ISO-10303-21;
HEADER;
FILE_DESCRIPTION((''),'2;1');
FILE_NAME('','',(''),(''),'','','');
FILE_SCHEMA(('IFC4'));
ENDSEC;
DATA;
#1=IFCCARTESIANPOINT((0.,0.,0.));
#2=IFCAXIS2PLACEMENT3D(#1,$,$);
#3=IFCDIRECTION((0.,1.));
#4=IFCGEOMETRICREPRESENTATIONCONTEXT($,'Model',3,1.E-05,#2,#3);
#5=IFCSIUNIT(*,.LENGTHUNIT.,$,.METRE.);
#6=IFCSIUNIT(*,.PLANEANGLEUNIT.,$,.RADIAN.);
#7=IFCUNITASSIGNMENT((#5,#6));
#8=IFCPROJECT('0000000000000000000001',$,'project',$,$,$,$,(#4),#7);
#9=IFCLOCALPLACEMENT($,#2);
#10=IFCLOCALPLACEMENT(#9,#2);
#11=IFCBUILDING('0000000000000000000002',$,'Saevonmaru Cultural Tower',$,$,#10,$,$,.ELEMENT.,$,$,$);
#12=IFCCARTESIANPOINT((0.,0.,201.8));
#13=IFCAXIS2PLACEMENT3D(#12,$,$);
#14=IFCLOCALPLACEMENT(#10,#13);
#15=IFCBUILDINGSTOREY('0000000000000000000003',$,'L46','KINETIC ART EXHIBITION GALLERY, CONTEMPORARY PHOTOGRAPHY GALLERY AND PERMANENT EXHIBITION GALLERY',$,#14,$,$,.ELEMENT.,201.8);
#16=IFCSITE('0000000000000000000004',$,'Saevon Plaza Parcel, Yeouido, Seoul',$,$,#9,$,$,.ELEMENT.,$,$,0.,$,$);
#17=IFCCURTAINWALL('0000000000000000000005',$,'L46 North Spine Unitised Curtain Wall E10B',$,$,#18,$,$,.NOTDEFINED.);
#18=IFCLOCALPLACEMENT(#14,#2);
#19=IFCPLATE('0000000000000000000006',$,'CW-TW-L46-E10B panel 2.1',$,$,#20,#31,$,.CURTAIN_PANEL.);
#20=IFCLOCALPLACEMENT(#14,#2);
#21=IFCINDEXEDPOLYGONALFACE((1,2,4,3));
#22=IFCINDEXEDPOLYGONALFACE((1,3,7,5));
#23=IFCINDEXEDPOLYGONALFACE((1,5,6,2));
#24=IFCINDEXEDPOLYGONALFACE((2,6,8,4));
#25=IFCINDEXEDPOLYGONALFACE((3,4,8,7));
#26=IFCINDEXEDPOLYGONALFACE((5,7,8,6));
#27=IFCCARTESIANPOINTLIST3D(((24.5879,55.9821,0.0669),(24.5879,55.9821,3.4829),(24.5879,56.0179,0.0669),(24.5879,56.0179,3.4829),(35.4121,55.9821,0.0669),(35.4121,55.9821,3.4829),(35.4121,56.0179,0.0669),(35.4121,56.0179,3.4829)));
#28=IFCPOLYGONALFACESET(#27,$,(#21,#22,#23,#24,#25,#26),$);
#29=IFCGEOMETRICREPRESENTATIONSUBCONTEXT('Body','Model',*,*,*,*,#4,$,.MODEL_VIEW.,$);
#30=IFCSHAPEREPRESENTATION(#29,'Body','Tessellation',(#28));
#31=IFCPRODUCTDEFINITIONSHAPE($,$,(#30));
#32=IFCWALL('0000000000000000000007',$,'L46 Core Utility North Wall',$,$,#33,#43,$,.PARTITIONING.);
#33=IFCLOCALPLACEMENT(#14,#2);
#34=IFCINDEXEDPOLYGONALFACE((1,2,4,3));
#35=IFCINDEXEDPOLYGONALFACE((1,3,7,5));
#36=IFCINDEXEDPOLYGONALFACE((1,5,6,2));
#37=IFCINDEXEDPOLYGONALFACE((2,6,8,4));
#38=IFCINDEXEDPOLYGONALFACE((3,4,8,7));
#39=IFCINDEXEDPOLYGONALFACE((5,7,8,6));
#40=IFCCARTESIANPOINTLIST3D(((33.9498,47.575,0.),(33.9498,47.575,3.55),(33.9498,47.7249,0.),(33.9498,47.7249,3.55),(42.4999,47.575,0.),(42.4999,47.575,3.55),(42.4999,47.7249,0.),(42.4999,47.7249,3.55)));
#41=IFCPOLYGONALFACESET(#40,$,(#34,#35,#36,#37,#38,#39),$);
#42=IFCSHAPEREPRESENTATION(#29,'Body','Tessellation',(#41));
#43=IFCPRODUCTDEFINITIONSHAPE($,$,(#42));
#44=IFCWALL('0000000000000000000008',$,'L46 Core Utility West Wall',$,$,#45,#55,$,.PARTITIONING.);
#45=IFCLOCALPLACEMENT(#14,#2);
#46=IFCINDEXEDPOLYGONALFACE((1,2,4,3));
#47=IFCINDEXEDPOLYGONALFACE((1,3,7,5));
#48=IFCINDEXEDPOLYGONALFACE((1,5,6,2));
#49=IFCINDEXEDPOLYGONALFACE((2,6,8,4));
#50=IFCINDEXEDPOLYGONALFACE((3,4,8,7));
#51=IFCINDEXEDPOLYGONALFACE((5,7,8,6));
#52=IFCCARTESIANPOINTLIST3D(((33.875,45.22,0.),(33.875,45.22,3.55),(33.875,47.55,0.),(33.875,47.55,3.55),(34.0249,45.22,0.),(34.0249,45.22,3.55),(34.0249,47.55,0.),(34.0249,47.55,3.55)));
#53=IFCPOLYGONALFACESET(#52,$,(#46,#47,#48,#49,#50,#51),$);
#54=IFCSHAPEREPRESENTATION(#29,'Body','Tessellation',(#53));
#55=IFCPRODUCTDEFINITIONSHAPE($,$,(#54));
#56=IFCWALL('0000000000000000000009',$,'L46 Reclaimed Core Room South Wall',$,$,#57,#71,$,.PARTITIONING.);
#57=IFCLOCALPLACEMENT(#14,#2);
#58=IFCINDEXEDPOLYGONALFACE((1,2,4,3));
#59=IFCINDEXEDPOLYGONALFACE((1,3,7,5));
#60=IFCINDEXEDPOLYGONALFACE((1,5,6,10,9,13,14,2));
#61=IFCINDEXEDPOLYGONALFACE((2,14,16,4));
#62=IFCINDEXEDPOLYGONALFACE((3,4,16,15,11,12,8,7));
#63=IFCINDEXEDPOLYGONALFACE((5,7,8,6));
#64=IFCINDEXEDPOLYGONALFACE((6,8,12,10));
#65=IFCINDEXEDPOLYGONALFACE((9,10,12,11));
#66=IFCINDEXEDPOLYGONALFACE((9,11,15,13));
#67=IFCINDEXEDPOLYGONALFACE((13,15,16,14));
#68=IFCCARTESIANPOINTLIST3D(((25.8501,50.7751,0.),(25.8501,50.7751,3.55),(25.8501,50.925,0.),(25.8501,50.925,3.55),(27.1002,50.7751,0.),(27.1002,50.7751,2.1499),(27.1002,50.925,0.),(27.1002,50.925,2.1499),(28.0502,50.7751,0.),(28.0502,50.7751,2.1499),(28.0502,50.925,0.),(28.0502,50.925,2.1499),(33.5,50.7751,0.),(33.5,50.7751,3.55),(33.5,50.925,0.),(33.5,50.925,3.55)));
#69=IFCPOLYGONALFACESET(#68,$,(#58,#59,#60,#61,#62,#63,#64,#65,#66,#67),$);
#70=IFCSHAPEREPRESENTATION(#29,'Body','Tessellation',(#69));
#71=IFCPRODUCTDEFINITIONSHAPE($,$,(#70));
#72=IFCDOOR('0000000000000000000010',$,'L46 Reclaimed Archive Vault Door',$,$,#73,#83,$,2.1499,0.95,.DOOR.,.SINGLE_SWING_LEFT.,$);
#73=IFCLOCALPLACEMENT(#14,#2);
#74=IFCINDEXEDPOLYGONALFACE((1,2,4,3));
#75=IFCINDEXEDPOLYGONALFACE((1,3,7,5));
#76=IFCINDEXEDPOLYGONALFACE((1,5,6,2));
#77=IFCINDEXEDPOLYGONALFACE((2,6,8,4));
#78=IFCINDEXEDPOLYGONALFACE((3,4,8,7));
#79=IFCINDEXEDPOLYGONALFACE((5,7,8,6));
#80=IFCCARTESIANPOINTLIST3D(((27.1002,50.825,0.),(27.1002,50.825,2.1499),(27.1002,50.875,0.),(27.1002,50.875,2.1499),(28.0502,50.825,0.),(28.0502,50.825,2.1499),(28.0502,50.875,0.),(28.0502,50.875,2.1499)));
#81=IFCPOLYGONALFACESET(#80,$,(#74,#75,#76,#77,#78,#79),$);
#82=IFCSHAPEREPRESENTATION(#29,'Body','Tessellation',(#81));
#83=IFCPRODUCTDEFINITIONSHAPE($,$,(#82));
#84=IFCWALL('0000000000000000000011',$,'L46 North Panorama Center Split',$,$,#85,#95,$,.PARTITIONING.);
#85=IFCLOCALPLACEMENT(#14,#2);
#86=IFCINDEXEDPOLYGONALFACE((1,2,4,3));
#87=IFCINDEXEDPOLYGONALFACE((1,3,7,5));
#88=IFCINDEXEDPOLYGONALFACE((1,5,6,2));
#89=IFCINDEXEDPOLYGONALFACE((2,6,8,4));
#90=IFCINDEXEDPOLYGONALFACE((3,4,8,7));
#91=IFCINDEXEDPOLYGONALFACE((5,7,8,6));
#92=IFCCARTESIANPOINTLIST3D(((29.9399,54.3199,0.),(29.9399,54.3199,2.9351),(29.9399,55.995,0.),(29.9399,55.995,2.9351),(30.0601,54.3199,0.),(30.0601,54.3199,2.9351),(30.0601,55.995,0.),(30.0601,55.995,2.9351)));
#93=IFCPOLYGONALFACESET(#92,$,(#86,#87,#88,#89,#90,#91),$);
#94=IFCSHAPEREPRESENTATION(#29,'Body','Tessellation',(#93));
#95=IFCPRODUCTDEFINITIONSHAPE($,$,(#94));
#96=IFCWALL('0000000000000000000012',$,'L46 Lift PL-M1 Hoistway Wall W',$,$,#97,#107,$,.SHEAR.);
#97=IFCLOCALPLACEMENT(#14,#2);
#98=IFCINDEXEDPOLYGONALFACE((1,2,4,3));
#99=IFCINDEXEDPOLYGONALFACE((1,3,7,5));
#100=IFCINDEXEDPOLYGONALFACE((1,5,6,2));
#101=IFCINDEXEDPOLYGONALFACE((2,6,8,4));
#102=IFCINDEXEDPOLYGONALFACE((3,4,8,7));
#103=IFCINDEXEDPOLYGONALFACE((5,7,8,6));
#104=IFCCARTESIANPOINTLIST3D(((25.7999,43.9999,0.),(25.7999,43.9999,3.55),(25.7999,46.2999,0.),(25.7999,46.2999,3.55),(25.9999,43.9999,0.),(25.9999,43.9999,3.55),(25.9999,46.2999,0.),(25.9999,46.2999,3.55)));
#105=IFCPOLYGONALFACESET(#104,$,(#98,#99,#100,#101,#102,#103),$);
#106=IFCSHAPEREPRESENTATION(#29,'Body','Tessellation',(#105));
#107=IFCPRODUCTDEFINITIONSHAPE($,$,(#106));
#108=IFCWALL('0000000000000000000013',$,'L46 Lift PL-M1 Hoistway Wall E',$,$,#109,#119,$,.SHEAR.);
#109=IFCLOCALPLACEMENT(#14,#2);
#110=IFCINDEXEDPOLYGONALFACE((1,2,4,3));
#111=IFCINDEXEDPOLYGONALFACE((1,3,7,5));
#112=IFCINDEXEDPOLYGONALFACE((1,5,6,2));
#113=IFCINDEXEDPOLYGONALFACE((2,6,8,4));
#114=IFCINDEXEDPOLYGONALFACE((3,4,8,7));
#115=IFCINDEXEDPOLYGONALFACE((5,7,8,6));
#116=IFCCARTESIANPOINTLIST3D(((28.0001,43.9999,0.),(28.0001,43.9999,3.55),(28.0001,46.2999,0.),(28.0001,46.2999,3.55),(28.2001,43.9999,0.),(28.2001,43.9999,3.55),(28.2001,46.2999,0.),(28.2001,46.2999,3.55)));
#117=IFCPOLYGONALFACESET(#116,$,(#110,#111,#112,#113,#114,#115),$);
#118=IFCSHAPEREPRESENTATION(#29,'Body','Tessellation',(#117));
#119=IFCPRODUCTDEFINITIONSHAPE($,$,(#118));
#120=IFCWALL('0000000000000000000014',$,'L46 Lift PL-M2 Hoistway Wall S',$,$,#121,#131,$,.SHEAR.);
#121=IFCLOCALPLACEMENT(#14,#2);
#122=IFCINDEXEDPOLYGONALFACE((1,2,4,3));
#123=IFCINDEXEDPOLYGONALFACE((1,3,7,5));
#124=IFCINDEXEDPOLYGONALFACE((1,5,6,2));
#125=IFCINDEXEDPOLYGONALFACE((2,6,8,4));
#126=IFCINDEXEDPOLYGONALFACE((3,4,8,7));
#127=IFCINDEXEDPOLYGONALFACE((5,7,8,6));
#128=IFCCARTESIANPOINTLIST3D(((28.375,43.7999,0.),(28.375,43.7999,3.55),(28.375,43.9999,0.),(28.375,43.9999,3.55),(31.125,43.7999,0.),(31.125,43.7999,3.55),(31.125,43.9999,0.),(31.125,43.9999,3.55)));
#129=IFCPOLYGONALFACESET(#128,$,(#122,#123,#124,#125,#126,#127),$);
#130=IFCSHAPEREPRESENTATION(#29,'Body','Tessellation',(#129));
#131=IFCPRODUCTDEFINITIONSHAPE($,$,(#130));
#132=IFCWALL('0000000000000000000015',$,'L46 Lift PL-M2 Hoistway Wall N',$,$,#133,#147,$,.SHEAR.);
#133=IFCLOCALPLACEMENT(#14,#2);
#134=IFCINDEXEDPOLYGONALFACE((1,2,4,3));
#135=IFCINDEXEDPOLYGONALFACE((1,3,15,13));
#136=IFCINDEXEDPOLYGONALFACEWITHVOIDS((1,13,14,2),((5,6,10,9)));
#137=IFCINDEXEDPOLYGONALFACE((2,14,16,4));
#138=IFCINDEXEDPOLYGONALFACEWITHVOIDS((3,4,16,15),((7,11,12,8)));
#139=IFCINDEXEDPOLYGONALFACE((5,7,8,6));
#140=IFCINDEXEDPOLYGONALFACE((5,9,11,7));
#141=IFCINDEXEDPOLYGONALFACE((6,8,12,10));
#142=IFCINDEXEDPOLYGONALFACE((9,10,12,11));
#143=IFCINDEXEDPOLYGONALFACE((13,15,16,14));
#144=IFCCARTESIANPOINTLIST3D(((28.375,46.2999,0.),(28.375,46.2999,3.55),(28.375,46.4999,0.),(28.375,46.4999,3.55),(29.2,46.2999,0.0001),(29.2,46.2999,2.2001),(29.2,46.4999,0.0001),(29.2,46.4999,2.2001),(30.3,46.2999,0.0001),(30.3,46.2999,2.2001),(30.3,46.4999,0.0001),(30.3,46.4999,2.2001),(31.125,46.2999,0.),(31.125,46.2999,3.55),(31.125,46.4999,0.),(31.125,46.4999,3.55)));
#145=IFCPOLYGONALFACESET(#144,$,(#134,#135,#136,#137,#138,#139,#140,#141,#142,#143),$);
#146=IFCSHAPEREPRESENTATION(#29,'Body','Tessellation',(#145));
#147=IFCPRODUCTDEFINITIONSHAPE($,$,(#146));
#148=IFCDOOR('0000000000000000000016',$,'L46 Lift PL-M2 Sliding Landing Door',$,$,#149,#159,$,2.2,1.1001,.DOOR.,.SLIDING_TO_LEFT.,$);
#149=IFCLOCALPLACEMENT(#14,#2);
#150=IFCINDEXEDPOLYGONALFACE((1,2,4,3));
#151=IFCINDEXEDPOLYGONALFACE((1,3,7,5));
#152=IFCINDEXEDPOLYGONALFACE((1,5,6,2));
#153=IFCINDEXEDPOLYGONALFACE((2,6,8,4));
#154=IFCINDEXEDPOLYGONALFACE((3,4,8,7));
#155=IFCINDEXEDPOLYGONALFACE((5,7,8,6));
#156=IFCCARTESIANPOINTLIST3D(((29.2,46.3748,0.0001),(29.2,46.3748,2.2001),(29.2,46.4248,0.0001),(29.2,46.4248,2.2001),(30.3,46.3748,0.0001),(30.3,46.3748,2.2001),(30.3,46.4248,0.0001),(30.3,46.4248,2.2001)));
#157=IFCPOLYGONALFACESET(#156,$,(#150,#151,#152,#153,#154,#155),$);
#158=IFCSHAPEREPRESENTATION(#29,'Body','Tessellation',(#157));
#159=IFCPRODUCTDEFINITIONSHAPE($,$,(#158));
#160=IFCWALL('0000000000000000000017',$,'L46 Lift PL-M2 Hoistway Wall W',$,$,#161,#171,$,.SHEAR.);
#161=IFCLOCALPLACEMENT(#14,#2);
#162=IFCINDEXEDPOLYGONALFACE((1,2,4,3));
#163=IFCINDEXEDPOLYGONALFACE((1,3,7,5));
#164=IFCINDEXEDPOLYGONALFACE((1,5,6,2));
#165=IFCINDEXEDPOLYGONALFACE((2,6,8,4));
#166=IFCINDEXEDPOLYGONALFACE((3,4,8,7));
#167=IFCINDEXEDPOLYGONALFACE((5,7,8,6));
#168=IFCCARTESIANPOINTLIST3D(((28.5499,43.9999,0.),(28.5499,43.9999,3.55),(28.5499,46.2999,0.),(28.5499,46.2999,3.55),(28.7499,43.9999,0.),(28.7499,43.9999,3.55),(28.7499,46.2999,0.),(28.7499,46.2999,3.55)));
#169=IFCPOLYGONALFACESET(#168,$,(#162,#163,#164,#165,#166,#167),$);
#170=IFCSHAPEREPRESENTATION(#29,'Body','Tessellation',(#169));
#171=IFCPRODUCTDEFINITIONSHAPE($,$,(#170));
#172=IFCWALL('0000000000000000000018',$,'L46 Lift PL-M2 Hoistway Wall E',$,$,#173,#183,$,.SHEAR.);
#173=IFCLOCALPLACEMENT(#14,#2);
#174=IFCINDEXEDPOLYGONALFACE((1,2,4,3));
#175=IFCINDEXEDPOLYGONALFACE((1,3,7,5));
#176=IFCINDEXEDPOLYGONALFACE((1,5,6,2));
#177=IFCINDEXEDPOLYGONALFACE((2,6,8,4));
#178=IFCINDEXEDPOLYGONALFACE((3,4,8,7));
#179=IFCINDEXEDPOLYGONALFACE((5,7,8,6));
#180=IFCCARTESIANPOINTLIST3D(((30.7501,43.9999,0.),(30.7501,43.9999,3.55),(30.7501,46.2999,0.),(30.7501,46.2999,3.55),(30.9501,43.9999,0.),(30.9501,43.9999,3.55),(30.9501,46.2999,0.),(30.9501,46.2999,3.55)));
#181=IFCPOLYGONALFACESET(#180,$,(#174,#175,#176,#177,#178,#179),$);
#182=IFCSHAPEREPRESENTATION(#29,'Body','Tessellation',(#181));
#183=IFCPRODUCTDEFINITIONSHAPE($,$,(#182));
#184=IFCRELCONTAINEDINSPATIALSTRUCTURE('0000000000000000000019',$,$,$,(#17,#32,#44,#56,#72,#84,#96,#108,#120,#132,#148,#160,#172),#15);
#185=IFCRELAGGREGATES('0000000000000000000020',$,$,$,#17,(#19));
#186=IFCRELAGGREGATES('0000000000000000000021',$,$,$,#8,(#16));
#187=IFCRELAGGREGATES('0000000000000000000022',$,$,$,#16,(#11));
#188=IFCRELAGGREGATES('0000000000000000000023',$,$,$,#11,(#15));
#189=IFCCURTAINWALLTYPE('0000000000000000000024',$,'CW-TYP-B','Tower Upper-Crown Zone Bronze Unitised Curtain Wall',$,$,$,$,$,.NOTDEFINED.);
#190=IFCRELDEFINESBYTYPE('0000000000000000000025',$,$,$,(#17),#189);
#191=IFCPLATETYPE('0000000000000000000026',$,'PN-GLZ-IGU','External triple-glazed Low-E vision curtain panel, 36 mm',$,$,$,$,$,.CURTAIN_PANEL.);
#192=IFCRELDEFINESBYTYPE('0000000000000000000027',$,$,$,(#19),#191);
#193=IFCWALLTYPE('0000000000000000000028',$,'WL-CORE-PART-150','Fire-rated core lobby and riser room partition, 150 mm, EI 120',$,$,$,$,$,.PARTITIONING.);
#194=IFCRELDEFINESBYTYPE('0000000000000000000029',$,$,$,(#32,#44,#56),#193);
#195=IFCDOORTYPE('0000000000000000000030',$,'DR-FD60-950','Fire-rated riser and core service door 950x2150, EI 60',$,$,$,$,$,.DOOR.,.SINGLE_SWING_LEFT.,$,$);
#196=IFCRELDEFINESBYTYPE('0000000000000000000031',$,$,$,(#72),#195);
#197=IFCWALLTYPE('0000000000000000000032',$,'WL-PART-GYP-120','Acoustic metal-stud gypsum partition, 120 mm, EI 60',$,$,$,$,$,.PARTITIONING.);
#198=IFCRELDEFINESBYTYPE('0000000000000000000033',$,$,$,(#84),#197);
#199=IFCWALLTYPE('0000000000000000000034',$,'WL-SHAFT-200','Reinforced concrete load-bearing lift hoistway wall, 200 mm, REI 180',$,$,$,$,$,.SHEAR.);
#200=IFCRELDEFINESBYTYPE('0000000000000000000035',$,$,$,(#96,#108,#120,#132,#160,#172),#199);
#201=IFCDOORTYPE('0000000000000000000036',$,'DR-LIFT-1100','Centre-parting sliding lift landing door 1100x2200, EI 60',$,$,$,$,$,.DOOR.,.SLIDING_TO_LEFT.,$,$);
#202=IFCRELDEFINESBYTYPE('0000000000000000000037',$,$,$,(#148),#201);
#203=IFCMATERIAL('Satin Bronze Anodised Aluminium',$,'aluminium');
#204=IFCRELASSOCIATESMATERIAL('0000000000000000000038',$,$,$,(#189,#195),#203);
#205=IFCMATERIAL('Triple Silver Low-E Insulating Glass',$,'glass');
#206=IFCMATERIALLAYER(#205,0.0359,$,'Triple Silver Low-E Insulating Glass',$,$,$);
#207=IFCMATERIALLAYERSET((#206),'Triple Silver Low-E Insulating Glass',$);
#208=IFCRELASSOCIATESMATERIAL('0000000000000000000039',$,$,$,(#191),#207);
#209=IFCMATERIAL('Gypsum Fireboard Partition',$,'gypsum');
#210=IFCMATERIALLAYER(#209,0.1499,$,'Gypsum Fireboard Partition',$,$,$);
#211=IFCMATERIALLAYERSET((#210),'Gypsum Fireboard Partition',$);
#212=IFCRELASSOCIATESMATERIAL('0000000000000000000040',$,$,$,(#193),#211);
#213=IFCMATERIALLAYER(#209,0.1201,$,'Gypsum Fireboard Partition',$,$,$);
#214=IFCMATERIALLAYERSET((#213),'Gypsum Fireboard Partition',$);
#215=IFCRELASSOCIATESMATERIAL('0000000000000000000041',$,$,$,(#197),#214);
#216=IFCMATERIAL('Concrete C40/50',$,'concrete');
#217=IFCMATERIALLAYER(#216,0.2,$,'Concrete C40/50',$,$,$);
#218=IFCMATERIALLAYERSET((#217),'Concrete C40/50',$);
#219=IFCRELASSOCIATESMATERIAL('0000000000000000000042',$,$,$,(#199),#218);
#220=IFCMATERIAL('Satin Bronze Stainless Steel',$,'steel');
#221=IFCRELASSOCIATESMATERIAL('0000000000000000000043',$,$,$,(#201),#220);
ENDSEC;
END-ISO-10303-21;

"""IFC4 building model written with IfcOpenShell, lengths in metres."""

from ifc_helpers import new_model, si_unit, direction, frame, frame_2d, origin, origin_2d, place, context, subcontext, project, spatial, rectangle, extrude, material, layer, layer_set, type_object, element, fill, aggregate, save


model = new_model("IFC4")

# Units and contexts
model_context = context("Model", 3, precision=1e-05, world=origin(), true_north=direction((0.0, 1.0)))
body_context = subcontext(model_context, "Body", "Model", "MODEL_VIEW")
ifc_project = project(units=[si_unit("LENGTHUNIT", "METRE"), si_unit("PLANEANGLEUNIT", "RADIAN")], contexts=[model_context])

# Site, building, storey
site_placement = place(None, origin())
site = spatial("IfcSite", under=ifc_project, at=site_placement, Name="Saevon Plaza Parcel, Yeouido, Seoul", CompositionType="ELEMENT", RefElevation=0.0)
building_placement = place(site_placement, origin())
building = spatial("IfcBuilding", under=site, at=building_placement, Name="Saevonmaru Cultural Tower", CompositionType="ELEMENT")
storey_placement = place(building_placement, frame((0.0, 0.0, 201.8)))
storey = spatial("IfcBuildingStorey", under=building, at=storey_placement, Name="L46", Description="KINETIC ART EXHIBITION GALLERY, CONTEMPORARY PHOTOGRAPHY GALLERY AND PERMANENT EXHIBITION GALLERY", CompositionType="ELEMENT", Elevation=201.8)

# Curtain wall, plate
ifc_material_1 = material(Name="Satin Bronze Anodised Aluminium", Category="aluminium")
curtain_wall_type = type_object("IfcCurtainWallType", Name="CW-TYP-B", Description="Tower Upper-Crown Zone Bronze Unitised Curtain Wall", PredefinedType="NOTDEFINED", material=ifc_material_1)
curtain_wall_placement = place(storey_placement, origin())
curtain_wall = element("IfcCurtainWall", 1, at=curtain_wall_placement, inside=storey, type_object=curtain_wall_type, Name="L46 North Spine Unitised Curtain Wall E10B", PredefinedType="NOTDEFINED")
ifc_material_2 = material(Name="Triple Silver Low-E Insulating Glass", Category="glass")
ifc_layer_1 = layer(ifc_material_2, 0.0359, Name="Triple Silver Low-E Insulating Glass")
ifc_layer_set_1 = layer_set([ifc_layer_1], Name="Triple Silver Low-E Insulating Glass")
plate_type = type_object("IfcPlateType", Name="PN-GLZ-IGU", Description="External triple-glazed Low-E vision curtain panel, 36 mm", PredefinedType="CURTAIN_PANEL", material=ifc_layer_set_1)
plate_placement = place(storey_placement, frame((30.0, 56.0, 0.0669), z_axis=(0.0, 0.0, 1.0), x_axis=(-1.0, 0.0, 0.0)))
plate = element("IfcPlate", 2, at=plate_placement, type_object=plate_type, Name="CW-TW-L46-E10B panel 2.1", PredefinedType="CURTAIN_PANEL", context=body_context, shape_type="SweptSolid", body=[
    extrude(rectangle(XDim=10.8242, YDim=0.0359, at=origin_2d()), origin(), (0.0, 0.0, 1.0), 3.416),
])
aggregate(curtain_wall, [plate])

# Shared definitions
ifc_material_3 = material(Name="Gypsum Fireboard Partition", Category="gypsum")
ifc_layer_2 = layer(ifc_material_3, 0.1499, Name="Gypsum Fireboard Partition")
ifc_layer_set_2 = layer_set([ifc_layer_2], Name="Gypsum Fireboard Partition")
wall_type_1 = type_object("IfcWallType", Name="WL-CORE-PART-150", Description="Fire-rated core lobby and riser room partition, 150 mm, EI 120", PredefinedType="PARTITIONING", material=ifc_layer_set_2)

# Shared definitions
door_type_1 = type_object("IfcDoorType", Name="DR-FD60-950", Description="Fire-rated riser and core service door 950x2150, EI 60", OperationType="SINGLE_SWING_LEFT", PredefinedType="DOOR", material=ifc_material_1)

# Walls
wall_1_placement = place(storey_placement, frame((33.95, 47.6499, 0.0), z_axis=(0.0, 0.0, 1.0), x_axis=(1.0, 0.0, 0.0)))
element("IfcWall", 3, at=wall_1_placement, inside=storey, type_object=wall_type_1, Name="L46 Core Utility North Wall", PredefinedType="PARTITIONING", context=body_context, shape_type="SweptSolid", body=[
    extrude(rectangle(XDim=8.55, YDim=0.1499, at=frame_2d((4.2749, 0.0))), origin(), (0.0, 0.0, 1.0), 3.55),
])
wall_2_placement = place(storey_placement, frame((33.95, 45.22, 0.0), z_axis=(0.0, 0.0, 1.0), x_axis=(0.0, 1.0, 0.0)))
element("IfcWall", 4, at=wall_2_placement, inside=storey, type_object=wall_type_1, Name="L46 Core Utility West Wall", PredefinedType="PARTITIONING", context=body_context, shape_type="SweptSolid", body=[
    extrude(rectangle(XDim=2.3301, YDim=0.1499, at=frame_2d((1.165, 0.0))), origin(), (0.0, 0.0, 1.0), 3.55),
])

# Wall, opening, door
wall_3_placement = place(storey_placement, frame((25.8501, 50.8501, 0.0), z_axis=(0.0, 0.0, 1.0), x_axis=(1.0, 0.0, 0.0)))
wall_3 = element("IfcWall", 5, at=wall_3_placement, inside=storey, type_object=wall_type_1, Name="L46 Reclaimed Core Room South Wall", PredefinedType="PARTITIONING", context=body_context, shape_type="SweptSolid", body=[
    extrude(rectangle(XDim=7.6499, YDim=0.1499, at=frame_2d((3.825, 0.0))), origin(), (0.0, 0.0, 1.0), 3.55),
])
opening_1_placement = place(wall_3_placement, frame((1.25, 0.0, 0.0)))
opening_1 = element("IfcOpeningElement", 6, at=opening_1_placement, cuts=wall_3, PredefinedType="OPENING", context=body_context, shape_type="SweptSolid", body=[
    extrude(rectangle(XDim=0.95, YDim=2.1499, at=frame_2d((0.4751, 1.075))), frame((0.0, 0.085, 0.0), z_axis=(0.0, -1.0, 0.0), x_axis=(1.0, 0.0, 0.0)), (0.0, 0.0, 1.0), 0.1699),
])
door_1_placement = place(opening_1_placement, origin())
door_1 = element("IfcDoor", 7, at=door_1_placement, inside=storey, type_object=door_type_1, Name="L46 Reclaimed Archive Vault Door", OperationType="SINGLE_SWING_LEFT", OverallHeight=2.1499, OverallWidth=0.95, PredefinedType="DOOR", context=body_context, shape_type="SweptSolid", body=[
    extrude(rectangle(XDim=0.95, YDim=2.1499, at=frame_2d((0.4751, 1.075))), frame((0.0, 0.0249, 0.0), z_axis=(0.0, -1.0, 0.0), x_axis=(1.0, 0.0, 0.0)), (0.0, 0.0, 1.0), 0.05),
])
fill(opening_1, door_1)

# Walls
ifc_layer_3 = layer(ifc_material_3, 0.1201, Name="Gypsum Fireboard Partition")
ifc_layer_set_3 = layer_set([ifc_layer_3], Name="Gypsum Fireboard Partition")
wall_type_2 = type_object("IfcWallType", Name="WL-PART-GYP-120", Description="Acoustic metal-stud gypsum partition, 120 mm, EI 60", PredefinedType="PARTITIONING", material=ifc_layer_set_3)
wall_4_placement = place(storey_placement, frame((30.0, 54.3201, 0.0), z_axis=(0.0, 0.0, 1.0), x_axis=(0.0, 1.0, 0.0)))
element("IfcWall", 8, at=wall_4_placement, inside=storey, type_object=wall_type_2, Name="L46 North Panorama Center Split", PredefinedType="PARTITIONING", context=body_context, shape_type="SweptSolid", body=[
    extrude(rectangle(XDim=1.675, YDim=0.1201, at=frame_2d((0.8374, 0.0))), origin(), (0.0, 0.0, 1.0), 2.9351),
])
ifc_material_4 = material(Name="Concrete C40/50", Category="concrete")
ifc_layer_4 = layer(ifc_material_4, 0.2, Name="Concrete C40/50")
ifc_layer_set_4 = layer_set([ifc_layer_4], Name="Concrete C40/50")
wall_type_3 = type_object("IfcWallType", Name="WL-SHAFT-200", Description="Reinforced concrete load-bearing lift hoistway wall, 200 mm, REI 180", PredefinedType="SHEAR", material=ifc_layer_set_4)
for number, where, z_axis, x_axis, name in (
    (9, (25.8999, 44.0, 0.0), (0.0, 0.0, 1.0), (0.0, 1.0, 0.0), "L46 Lift PL-M1 Hoistway Wall W"),
    (10, (28.1001, 44.0, 0.0), (0.0, 0.0, 1.0), (0.0, 1.0, 0.0), "L46 Lift PL-M1 Hoistway Wall E"),
):
    element("IfcWall", number, at=place(storey_placement, frame(where, z_axis=z_axis, x_axis=x_axis)), inside=storey, type_object=wall_type_3, Name=name, PredefinedType="SHEAR", context=body_context, shape_type="SweptSolid", body=[
        extrude(rectangle(XDim=2.3, YDim=0.2, at=frame_2d((1.1499, 0.0))), origin(), (0.0, 0.0, 1.0), 3.55),
    ])
wall_5_placement = place(storey_placement, frame((28.375, 43.8999, 0.0), z_axis=(0.0, 0.0, 1.0), x_axis=(1.0, 0.0, 0.0)))
element("IfcWall", 11, at=wall_5_placement, inside=storey, type_object=wall_type_3, Name="L46 Lift PL-M2 Hoistway Wall S", PredefinedType="SHEAR", context=body_context, shape_type="SweptSolid", body=[
    extrude(rectangle(XDim=2.75, YDim=0.2, at=frame_2d((1.375, 0.0))), origin(), (0.0, 0.0, 1.0), 3.55),
])

# Wall, opening, door
wall_6_placement = place(storey_placement, frame((28.375, 46.3999, 0.0), z_axis=(0.0, 0.0, 1.0), x_axis=(1.0, 0.0, 0.0)))
wall_6 = element("IfcWall", 12, at=wall_6_placement, inside=storey, type_object=wall_type_3, Name="L46 Lift PL-M2 Hoistway Wall N", PredefinedType="SHEAR", context=body_context, shape_type="SweptSolid", body=[
    extrude(rectangle(XDim=2.75, YDim=0.2, at=frame_2d((1.375, 0.0))), origin(), (0.0, 0.0, 1.0), 3.55),
])
opening_2_placement = place(wall_6_placement, frame((0.825, 0.0, 0.0)))
opening_2 = element("IfcOpeningElement", 13, at=opening_2_placement, cuts=wall_6, PredefinedType="OPENING", context=body_context, shape_type="SweptSolid", body=[
    extrude(rectangle(XDim=1.1001, YDim=2.2, at=frame_2d((0.55, 1.1001))), frame((0.0, 0.1099, 0.0), z_axis=(0.0, -1.0, 0.0), x_axis=(1.0, 0.0, 0.0)), (0.0, 0.0, 1.0), 0.22),
])
ifc_material_5 = material(Name="Satin Bronze Stainless Steel", Category="steel")
door_type_2 = type_object("IfcDoorType", Name="DR-LIFT-1100", Description="Centre-parting sliding lift landing door 1100x2200, EI 60", OperationType="SLIDING_TO_LEFT", PredefinedType="DOOR", material=ifc_material_5)
door_2_placement = place(opening_2_placement, origin())
door_2 = element("IfcDoor", 14, at=door_2_placement, inside=storey, type_object=door_type_2, Name="L46 Lift PL-M2 Sliding Landing Door", OperationType="SLIDING_TO_LEFT", OverallHeight=2.2, OverallWidth=1.1001, PredefinedType="DOOR", context=body_context, shape_type="SweptSolid", body=[
    extrude(rectangle(XDim=1.1001, YDim=2.2, at=frame_2d((0.55, 1.1001))), frame((0.0, 0.0249, 0.0), z_axis=(0.0, -1.0, 0.0), x_axis=(1.0, 0.0, 0.0)), (0.0, 0.0, 1.0), 0.05),
])
fill(opening_2, door_2)

# Walls
for number, where, z_axis, x_axis, name in (
    (15, (28.6499, 44.0, 0.0), (0.0, 0.0, 1.0), (0.0, 1.0, 0.0), "L46 Lift PL-M2 Hoistway Wall W"),
    (16, (30.8501, 44.0, 0.0), (0.0, 0.0, 1.0), (0.0, 1.0, 0.0), "L46 Lift PL-M2 Hoistway Wall E"),
):
    element("IfcWall", number, at=place(storey_placement, frame(where, z_axis=z_axis, x_axis=x_axis)), inside=storey, type_object=wall_type_3, Name=name, PredefinedType="SHEAR", context=body_context, shape_type="SweptSolid", body=[
        extrude(rectangle(XDim=2.3, YDim=0.2, at=frame_2d((1.1499, 0.0))), origin(), (0.0, 0.0, 1.0), 3.55),
    ])

save(model, "model.ifc")
